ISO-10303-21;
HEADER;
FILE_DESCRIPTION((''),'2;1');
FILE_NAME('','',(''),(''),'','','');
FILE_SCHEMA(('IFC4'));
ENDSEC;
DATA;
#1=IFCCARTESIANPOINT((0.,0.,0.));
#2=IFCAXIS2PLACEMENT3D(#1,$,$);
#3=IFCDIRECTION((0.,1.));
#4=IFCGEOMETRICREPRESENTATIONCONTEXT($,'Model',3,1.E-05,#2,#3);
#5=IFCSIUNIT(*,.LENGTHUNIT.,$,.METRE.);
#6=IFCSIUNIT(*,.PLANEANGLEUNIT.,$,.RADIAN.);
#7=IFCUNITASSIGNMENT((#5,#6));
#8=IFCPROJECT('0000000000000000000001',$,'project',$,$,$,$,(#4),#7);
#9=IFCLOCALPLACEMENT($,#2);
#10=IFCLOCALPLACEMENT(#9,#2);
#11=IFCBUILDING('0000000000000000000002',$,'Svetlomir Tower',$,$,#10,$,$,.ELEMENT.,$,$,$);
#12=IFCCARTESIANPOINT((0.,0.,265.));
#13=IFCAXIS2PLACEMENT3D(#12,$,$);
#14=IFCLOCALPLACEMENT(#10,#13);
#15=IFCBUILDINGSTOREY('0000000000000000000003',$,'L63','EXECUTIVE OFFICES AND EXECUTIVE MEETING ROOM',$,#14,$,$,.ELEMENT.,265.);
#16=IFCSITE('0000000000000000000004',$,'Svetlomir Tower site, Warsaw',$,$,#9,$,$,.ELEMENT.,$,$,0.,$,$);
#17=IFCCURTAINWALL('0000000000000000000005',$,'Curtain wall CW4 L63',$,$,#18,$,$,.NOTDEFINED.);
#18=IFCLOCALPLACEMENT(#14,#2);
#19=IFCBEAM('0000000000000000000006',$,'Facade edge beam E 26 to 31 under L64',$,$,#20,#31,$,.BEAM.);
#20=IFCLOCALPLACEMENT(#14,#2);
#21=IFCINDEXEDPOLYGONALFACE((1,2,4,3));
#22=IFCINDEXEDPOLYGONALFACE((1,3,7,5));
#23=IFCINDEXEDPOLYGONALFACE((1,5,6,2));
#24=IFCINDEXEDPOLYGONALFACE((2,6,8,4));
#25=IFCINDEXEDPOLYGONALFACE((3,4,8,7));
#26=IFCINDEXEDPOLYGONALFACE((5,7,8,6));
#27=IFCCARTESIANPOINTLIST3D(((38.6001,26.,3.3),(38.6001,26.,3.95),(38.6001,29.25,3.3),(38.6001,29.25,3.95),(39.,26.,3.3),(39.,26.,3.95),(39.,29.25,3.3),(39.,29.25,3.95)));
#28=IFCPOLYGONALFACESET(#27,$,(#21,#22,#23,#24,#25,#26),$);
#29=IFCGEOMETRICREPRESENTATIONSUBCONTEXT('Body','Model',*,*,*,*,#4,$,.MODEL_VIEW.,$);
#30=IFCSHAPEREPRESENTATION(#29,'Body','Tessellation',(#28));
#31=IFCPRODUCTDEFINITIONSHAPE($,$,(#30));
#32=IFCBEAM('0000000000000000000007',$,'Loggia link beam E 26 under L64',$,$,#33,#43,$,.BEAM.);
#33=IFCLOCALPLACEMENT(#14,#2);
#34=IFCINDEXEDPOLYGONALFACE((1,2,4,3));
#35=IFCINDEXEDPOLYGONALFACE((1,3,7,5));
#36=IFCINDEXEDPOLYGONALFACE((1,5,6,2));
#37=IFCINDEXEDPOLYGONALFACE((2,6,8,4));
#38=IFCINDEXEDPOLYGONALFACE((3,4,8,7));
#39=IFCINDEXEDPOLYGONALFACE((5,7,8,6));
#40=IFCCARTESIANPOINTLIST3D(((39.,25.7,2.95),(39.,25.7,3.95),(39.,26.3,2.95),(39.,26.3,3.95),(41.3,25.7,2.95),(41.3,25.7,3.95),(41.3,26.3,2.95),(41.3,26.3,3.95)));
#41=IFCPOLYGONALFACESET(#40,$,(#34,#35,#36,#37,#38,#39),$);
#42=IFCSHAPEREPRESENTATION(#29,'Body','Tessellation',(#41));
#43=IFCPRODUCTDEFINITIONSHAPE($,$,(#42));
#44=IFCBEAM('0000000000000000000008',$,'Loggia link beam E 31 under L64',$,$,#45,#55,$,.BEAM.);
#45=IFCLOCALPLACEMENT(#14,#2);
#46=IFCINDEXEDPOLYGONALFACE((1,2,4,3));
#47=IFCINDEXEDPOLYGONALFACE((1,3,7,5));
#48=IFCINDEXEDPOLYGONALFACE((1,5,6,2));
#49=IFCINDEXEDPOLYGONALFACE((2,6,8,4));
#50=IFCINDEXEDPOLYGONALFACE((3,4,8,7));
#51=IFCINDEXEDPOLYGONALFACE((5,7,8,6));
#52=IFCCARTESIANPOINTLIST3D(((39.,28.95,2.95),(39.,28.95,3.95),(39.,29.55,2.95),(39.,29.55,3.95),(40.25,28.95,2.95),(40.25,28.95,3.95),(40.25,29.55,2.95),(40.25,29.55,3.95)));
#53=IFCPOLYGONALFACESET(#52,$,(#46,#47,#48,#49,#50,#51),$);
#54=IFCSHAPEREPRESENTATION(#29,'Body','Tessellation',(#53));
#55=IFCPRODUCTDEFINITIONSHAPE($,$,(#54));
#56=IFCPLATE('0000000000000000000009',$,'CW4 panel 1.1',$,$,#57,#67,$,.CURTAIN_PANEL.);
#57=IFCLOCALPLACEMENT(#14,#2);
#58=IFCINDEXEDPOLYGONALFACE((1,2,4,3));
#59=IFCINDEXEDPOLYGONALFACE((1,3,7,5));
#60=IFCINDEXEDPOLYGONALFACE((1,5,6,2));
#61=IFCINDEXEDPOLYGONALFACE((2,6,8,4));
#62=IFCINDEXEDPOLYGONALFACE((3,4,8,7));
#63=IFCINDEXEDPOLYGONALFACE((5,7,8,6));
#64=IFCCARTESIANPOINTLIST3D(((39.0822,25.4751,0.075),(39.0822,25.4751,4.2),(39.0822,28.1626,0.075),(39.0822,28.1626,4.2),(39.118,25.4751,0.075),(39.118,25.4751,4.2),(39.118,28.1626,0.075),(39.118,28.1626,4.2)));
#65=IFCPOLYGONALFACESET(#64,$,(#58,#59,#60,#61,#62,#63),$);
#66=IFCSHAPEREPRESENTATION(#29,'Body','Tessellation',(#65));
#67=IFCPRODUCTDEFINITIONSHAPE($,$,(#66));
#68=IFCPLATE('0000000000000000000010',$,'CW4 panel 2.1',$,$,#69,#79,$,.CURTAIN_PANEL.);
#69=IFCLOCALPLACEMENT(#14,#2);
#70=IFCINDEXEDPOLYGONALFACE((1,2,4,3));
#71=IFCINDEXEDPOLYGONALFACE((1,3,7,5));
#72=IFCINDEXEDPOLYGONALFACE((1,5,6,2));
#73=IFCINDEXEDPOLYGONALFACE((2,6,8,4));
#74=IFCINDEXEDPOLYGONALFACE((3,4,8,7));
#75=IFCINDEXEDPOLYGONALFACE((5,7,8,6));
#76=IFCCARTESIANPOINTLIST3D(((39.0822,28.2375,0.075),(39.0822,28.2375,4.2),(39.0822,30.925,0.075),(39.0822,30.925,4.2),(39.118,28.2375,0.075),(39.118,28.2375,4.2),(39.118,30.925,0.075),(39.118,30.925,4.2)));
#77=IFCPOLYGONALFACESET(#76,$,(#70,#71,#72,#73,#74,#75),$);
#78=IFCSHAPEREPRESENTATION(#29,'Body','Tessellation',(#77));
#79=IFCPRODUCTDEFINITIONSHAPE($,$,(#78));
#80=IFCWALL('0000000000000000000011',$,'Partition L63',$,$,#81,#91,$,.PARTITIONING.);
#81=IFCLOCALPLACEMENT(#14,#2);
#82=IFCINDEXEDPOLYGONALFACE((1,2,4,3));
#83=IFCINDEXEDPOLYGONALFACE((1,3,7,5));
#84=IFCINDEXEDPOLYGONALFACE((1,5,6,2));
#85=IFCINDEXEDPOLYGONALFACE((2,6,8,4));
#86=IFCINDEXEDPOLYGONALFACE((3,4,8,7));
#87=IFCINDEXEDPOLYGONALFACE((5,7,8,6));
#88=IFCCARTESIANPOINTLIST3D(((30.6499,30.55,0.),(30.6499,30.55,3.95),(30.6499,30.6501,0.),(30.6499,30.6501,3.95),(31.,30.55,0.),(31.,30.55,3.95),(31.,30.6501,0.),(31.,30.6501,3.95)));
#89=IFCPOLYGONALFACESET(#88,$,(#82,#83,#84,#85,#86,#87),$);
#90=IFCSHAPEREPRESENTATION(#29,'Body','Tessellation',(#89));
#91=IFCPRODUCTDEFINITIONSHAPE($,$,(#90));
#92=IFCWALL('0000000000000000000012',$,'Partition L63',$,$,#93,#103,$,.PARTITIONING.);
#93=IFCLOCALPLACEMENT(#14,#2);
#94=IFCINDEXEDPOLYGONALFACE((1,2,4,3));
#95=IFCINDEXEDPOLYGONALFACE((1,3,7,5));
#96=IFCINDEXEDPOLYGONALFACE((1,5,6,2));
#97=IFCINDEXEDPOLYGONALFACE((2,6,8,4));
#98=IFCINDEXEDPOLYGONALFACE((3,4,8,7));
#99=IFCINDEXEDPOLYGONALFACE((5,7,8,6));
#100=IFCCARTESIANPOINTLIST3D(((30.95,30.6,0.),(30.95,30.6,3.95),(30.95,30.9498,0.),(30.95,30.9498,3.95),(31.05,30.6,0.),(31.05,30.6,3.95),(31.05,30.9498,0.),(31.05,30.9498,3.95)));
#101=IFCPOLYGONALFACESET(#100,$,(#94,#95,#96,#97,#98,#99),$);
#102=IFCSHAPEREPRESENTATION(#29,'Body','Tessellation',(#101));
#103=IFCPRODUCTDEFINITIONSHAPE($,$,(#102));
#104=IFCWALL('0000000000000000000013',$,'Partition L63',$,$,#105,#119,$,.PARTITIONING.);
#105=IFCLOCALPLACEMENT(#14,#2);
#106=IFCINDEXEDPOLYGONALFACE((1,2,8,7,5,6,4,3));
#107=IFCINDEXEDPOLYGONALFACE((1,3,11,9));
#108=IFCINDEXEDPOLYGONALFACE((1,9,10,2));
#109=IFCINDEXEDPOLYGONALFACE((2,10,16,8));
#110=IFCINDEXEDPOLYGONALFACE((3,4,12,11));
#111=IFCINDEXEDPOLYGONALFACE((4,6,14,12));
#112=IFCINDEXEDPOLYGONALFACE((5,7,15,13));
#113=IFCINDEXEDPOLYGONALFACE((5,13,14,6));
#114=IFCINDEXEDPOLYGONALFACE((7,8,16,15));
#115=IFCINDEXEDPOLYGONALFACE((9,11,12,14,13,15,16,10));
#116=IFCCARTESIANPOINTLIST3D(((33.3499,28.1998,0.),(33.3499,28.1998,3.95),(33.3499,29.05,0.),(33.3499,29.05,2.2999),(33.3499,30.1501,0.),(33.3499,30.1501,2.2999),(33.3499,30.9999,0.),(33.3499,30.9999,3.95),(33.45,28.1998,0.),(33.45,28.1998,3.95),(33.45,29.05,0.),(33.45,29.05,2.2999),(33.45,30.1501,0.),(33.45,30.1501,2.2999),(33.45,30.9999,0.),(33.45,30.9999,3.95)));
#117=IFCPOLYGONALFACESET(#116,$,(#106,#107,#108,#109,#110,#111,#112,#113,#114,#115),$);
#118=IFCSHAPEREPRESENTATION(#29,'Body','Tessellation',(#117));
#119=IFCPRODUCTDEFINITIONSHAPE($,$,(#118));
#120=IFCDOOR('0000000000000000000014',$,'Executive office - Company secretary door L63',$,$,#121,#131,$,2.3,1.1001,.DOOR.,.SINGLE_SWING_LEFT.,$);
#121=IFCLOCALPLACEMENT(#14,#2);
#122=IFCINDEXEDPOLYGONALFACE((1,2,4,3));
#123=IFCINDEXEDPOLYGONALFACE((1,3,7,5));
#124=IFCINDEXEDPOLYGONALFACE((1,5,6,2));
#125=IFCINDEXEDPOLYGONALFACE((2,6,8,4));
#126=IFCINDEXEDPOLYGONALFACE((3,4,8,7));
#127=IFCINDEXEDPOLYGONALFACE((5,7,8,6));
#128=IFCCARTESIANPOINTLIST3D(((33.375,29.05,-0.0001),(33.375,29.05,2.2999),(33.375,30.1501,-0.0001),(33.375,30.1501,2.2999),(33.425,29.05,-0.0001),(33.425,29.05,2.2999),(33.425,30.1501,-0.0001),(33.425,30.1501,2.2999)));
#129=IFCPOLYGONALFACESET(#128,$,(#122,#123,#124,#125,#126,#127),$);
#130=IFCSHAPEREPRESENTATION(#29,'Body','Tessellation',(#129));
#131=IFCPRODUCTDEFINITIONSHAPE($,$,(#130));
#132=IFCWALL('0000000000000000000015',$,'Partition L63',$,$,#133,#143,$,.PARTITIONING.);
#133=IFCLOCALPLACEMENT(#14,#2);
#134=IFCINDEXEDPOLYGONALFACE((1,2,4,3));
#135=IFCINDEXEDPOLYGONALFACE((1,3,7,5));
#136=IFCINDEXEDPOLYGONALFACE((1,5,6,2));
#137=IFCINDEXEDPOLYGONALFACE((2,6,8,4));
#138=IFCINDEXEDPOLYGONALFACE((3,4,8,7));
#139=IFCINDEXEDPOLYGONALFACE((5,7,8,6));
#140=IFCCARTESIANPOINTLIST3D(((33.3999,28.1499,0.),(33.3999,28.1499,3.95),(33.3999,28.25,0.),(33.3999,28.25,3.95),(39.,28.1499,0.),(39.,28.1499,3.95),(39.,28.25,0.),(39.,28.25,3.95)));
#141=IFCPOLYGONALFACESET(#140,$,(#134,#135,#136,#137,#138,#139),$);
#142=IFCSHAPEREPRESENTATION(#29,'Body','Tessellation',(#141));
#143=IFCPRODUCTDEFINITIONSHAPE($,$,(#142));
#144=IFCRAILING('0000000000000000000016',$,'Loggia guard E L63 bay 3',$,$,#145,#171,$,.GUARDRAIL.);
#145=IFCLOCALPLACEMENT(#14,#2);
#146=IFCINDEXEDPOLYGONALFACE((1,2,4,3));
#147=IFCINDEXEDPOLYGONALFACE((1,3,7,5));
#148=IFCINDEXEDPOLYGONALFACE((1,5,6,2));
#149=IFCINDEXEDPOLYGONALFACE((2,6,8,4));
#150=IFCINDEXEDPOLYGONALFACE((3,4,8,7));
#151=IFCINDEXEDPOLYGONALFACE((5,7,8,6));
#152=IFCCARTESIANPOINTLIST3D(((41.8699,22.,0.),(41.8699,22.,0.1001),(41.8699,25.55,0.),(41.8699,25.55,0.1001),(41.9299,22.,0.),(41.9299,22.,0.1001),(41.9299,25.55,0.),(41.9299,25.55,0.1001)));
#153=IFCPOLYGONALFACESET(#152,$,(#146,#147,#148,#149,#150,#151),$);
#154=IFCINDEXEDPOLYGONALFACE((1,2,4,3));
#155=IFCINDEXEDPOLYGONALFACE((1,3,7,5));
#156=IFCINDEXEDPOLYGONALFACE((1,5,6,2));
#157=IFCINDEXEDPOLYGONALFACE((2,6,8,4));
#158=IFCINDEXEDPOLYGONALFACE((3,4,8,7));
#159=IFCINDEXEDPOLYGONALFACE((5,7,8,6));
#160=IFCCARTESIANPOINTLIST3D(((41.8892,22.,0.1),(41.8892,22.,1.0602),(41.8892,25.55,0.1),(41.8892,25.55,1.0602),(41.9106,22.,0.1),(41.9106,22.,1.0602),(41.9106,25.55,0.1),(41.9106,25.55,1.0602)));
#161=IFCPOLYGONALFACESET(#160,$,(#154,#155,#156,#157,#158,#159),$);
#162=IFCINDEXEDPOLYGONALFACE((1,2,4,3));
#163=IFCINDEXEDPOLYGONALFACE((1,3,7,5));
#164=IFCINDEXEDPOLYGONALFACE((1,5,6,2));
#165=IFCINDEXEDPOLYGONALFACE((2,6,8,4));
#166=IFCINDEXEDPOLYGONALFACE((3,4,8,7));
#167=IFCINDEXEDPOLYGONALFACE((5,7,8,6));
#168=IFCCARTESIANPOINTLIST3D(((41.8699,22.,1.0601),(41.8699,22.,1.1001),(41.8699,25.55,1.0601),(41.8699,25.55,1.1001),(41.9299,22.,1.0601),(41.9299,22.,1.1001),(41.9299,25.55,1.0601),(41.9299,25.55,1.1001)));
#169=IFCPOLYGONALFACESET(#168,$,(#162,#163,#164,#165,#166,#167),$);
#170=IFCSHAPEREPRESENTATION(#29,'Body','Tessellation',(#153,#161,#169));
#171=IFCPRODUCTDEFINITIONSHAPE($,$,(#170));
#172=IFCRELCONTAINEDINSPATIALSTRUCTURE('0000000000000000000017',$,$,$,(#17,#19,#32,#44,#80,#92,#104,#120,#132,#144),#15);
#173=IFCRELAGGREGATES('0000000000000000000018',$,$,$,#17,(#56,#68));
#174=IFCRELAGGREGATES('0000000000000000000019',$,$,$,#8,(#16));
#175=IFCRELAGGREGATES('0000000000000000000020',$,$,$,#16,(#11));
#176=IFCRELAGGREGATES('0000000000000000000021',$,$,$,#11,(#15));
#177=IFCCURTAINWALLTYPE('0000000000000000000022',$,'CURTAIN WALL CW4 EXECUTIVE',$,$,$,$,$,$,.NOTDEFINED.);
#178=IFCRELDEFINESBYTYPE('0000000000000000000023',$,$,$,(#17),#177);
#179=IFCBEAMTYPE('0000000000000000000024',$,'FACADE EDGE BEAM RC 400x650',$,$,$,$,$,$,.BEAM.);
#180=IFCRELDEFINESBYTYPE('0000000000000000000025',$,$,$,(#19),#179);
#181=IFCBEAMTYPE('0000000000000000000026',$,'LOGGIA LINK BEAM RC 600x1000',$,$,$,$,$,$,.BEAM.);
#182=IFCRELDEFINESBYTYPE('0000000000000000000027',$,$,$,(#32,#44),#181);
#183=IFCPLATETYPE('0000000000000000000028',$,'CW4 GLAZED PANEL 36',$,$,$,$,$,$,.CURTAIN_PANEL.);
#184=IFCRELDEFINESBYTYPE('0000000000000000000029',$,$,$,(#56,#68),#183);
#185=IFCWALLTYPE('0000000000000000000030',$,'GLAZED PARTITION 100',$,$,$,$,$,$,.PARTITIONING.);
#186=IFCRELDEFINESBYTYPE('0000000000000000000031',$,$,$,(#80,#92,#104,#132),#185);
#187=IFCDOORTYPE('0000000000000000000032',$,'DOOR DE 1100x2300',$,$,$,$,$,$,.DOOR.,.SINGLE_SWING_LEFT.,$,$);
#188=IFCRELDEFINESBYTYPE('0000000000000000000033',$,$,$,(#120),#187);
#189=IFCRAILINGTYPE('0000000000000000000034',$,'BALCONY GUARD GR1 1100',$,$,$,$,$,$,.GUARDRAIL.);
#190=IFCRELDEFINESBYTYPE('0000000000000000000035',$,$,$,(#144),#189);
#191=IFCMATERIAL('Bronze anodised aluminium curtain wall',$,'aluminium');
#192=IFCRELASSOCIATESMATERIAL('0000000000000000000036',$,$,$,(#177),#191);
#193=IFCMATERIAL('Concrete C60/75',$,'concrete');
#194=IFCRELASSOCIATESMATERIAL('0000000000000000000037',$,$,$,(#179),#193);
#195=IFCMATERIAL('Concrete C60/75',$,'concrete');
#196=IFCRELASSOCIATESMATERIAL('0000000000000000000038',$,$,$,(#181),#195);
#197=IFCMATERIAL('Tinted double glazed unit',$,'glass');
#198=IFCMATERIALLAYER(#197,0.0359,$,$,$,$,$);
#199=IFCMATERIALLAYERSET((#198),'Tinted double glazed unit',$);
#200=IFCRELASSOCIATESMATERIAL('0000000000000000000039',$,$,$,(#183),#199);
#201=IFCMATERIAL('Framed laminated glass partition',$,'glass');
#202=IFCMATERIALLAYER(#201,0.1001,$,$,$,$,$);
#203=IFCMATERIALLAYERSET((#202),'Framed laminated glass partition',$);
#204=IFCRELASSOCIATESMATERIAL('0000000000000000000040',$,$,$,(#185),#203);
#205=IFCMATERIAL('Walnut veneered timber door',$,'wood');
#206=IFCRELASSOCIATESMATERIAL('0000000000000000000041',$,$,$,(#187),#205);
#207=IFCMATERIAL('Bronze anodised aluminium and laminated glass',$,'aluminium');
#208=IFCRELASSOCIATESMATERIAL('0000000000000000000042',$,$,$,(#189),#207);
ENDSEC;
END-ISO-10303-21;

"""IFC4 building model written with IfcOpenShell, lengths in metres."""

from ifc_helpers import new_model, si_unit, direction, frame, frame_2d, origin, origin_2d, place, context, subcontext, project, spatial, rectangle, extrude, material, layer, layer_set, material_profile, profile_set, type_object, element, fill, aggregate, save


model = new_model("IFC4")

# Units and contexts
model_context = context("Model", 3, precision=1e-05, world=origin(), true_north=direction((0.0, 1.0)))
body_context = subcontext(model_context, "Body", "Model", "MODEL_VIEW")
ifc_project = project(units=[si_unit("LENGTHUNIT", "METRE"), si_unit("PLANEANGLEUNIT", "RADIAN")], contexts=[model_context])

# Site, building, storey
site_placement = place(None, origin())
site = spatial("IfcSite", under=ifc_project, at=site_placement, Name="Svetlomir Tower site, Warsaw", CompositionType="ELEMENT", RefElevation=0.0)
building_placement = place(site_placement, origin())
building = spatial("IfcBuilding", under=site, at=building_placement, Name="Svetlomir Tower", CompositionType="ELEMENT")
storey_placement = place(building_placement, frame((0.0, 0.0, 265.0)))
storey = spatial("IfcBuildingStorey", under=building, at=storey_placement, Name="L63", Description="EXECUTIVE OFFICES AND EXECUTIVE MEETING ROOM", CompositionType="ELEMENT", Elevation=265.0)

# Curtain wall
ifc_material_1 = material(Name="Bronze anodised aluminium curtain wall", Category="aluminium")
curtain_wall_type = type_object("IfcCurtainWallType", Name="CURTAIN WALL CW4 EXECUTIVE", PredefinedType="NOTDEFINED", material=ifc_material_1)
curtain_wall_1_placement = place(storey_placement, origin())
curtain_wall_1 = element("IfcCurtainWall", 1, at=curtain_wall_1_placement, inside=storey, type_object=curtain_wall_type, Name="Curtain wall CW4 L63", PredefinedType="NOTDEFINED")

# Beams
ifc_material_2 = material(Name="Concrete C60/75", Category="concrete")
ifc_material_profile_1 = material_profile(ifc_material_2, rectangle(XDim=0.3999, YDim=0.6499, at=origin_2d()), Name="RC 400x650")
ifc_profile_set_1 = profile_set([ifc_material_profile_1], Name="Concrete C60/75")
beam_type_1 = type_object("IfcBeamType", Name="FACADE EDGE BEAM RC 400x650", PredefinedType="BEAM", material=ifc_profile_set_1)
beam_1_placement = place(storey_placement, frame((38.8, 26.0, 3.625), z_axis=(0.0, 1.0, 0.0), x_axis=(-1.0, 0.0, 0.0)))
element("IfcBeam", 2, at=beam_1_placement, inside=storey, type_object=beam_type_1, Name="Facade edge beam E 26 to 31 under L64", PredefinedType="BEAM", context=body_context, shape_type="SweptSolid", body=[
    extrude(rectangle(XDim=0.3999, YDim=0.6499, at=origin_2d()), origin(), (0.0, 0.0, 1.0), 3.25),
])
ifc_material_3 = material(Name="Concrete C60/75", Category="concrete")
ifc_material_profile_2 = material_profile(ifc_material_3, rectangle(XDim=0.6001, YDim=1.0, at=origin_2d()), Name="RC 600x1000")
ifc_profile_set_2 = profile_set([ifc_material_profile_2], Name="Concrete C60/75")
beam_type_2 = type_object("IfcBeamType", Name="LOGGIA LINK BEAM RC 600x1000", PredefinedType="BEAM", material=ifc_profile_set_2)
beam_2_placement = place(storey_placement, frame((41.3, 26.0, 3.45), z_axis=(-1.0, 0.0, 0.0), x_axis=(0.0, -1.0, 0.0)))
element("IfcBeam", 3, at=beam_2_placement, inside=storey, type_object=beam_type_2, Name="Loggia link beam E 26 under L64", PredefinedType="BEAM", context=body_context, shape_type="SweptSolid", body=[
    extrude(rectangle(XDim=0.6001, YDim=1.0, at=origin_2d()), origin(), (0.0, 0.0, 1.0), 2.3),
])
beam_3_placement = place(storey_placement, frame((40.25, 29.25, 3.45), z_axis=(-1.0, 0.0, 0.0), x_axis=(0.0, -1.0, 0.0)))
element("IfcBeam", 4, at=beam_3_placement, inside=storey, type_object=beam_type_2, Name="Loggia link beam E 31 under L64", PredefinedType="BEAM", context=body_context, shape_type="SweptSolid", body=[
    extrude(rectangle(XDim=0.6001, YDim=1.0, at=origin_2d()), origin(), (0.0, 0.0, 1.0), 1.25),
])

# Plates
ifc_material_4 = material(Name="Tinted double glazed unit", Category="glass")
ifc_layer_1 = layer(ifc_material_4, 0.0359)
ifc_layer_set_1 = layer_set([ifc_layer_1], Name="Tinted double glazed unit")
plate_type = type_object("IfcPlateType", Name="CW4 GLAZED PANEL 36", PredefinedType="CURTAIN_PANEL", material=ifc_layer_set_1)
plate_1_placement = place(storey_placement, frame((39.1001, 26.8188, 0.075), z_axis=(0.0, 0.0, 1.0), x_axis=(0.0, 1.0, 0.0)))
plate_1 = element("IfcPlate", 5, at=plate_1_placement, type_object=plate_type, Name="CW4 panel 1.1", PredefinedType="CURTAIN_PANEL", context=body_context, shape_type="SweptSolid", body=[
    extrude(rectangle(XDim=2.6875, YDim=0.0359, at=origin_2d()), origin(), (0.0, 0.0, 1.0), 4.125),
])
plate_2_placement = place(storey_placement, frame((39.1001, 29.5813, 0.075), z_axis=(0.0, 0.0, 1.0), x_axis=(0.0, 1.0, 0.0)))
plate_2 = element("IfcPlate", 6, at=plate_2_placement, type_object=plate_type, Name="CW4 panel 2.1", PredefinedType="CURTAIN_PANEL", context=body_context, shape_type="SweptSolid", body=[
    extrude(rectangle(XDim=2.6875, YDim=0.0359, at=origin_2d()), origin(), (0.0, 0.0, 1.0), 4.125),
])
aggregate(curtain_wall_1, [plate_1, plate_2])

# Walls
ifc_material_5 = material(Name="Framed laminated glass partition", Category="glass")
ifc_layer_2 = layer(ifc_material_5, 0.1001)
ifc_layer_set_2 = layer_set([ifc_layer_2], Name="Framed laminated glass partition")
wall_type_1 = type_object("IfcWallType", Name="GLAZED PARTITION 100", PredefinedType="PARTITIONING", material=ifc_layer_set_2)
wall_1_placement = place(storey_placement, frame((30.6499, 30.6001, 0.0), z_axis=(0.0, 0.0, 1.0), x_axis=(1.0, 0.0, 0.0)))
element("IfcWall", 7, at=wall_1_placement, inside=storey, type_object=wall_type_1, Name="Partition L63", PredefinedType="PARTITIONING", context=body_context, shape_type="SweptSolid", body=[
    extrude(rectangle(XDim=0.3501, YDim=0.1001, at=frame_2d((0.175, 0.0))), origin(), (0.0, 0.0, 1.0), 3.95),
])
wall_2_placement = place(storey_placement, frame((31.0, 30.6001, 0.0), z_axis=(0.0, 0.0, 1.0), x_axis=(0.0, 1.0, 0.0)))
element("IfcWall", 8, at=wall_2_placement, inside=storey, type_object=wall_type_1, Name="Partition L63", PredefinedType="PARTITIONING", context=body_context, shape_type="SweptSolid", body=[
    extrude(rectangle(XDim=0.3499, YDim=0.1001, at=frame_2d((0.1748, 0.0))), origin(), (0.0, 0.0, 1.0), 3.95),
])

# Wall, opening, door
wall_3_placement = place(storey_placement, frame((33.3999, 28.2, 0.0), z_axis=(0.0, 0.0, 1.0), x_axis=(0.0, 1.0, 0.0)))
wall_3 = element("IfcWall", 9, at=wall_3_placement, inside=storey, type_object=wall_type_1, Name="Partition L63", PredefinedType="PARTITIONING", context=body_context, shape_type="SweptSolid", body=[
    extrude(rectangle(XDim=2.8, YDim=0.1001, at=frame_2d((1.3999, 0.0))), origin(), (0.0, 0.0, 1.0), 3.95),
])
opening_1_placement = place(wall_3_placement, frame((0.8501, 0.0, 0.0)))
opening_1 = element("IfcOpeningElement", 10, at=opening_1_placement, cuts=wall_3, PredefinedType="OPENING", context=body_context, shape_type="SweptSolid", body=[
    extrude(rectangle(XDim=1.1001, YDim=2.3, at=frame_2d((0.55, 1.1499))), frame((0.0, 0.0601, 0.0), z_axis=(0.0, -1.0, 0.0), x_axis=(1.0, 0.0, 0.0)), (0.0, 0.0, 1.0), 0.1201),
])
ifc_material_6 = material(Name="Walnut veneered timber door", Category="wood")
door_type_1 = type_object("IfcDoorType", Name="DOOR DE 1100x2300", OperationType="SINGLE_SWING_LEFT", PredefinedType="DOOR", material=ifc_material_6)
door_1_placement = place(opening_1_placement, origin())
door_1 = element("IfcDoor", 11, at=door_1_placement, inside=storey, type_object=door_type_1, Name="Executive office - Company secretary door L63", OperationType="SINGLE_SWING_LEFT", OverallHeight=2.3, OverallWidth=1.1001, PredefinedType="DOOR", context=body_context, shape_type="SweptSolid", body=[
    extrude(rectangle(XDim=1.1001, YDim=2.3, at=frame_2d((0.55, 1.1499))), frame((0.0, 0.0249, 0.0), z_axis=(0.0, -1.0, 0.0), x_axis=(1.0, 0.0, 0.0)), (0.0, 0.0, 1.0), 0.05),
])
fill(opening_1, door_1)

# Wall
wall_4_placement = place(storey_placement, frame((33.3999, 28.2, 0.0), z_axis=(0.0, 0.0, 1.0), x_axis=(1.0, 0.0, 0.0)))
element("IfcWall", 12, at=wall_4_placement, inside=storey, type_object=wall_type_1, Name="Partition L63", PredefinedType="PARTITIONING", context=body_context, shape_type="SweptSolid", body=[
    extrude(rectangle(XDim=5.6001, YDim=0.1001, at=frame_2d((2.8, 0.0))), origin(), (0.0, 0.0, 1.0), 3.95),
])

# Railing
ifc_material_7 = material(Name="Bronze anodised aluminium and laminated glass", Category="aluminium")
railing_type = type_object("IfcRailingType", Name="BALCONY GUARD GR1 1100", PredefinedType="GUARDRAIL", material=ifc_material_7)
for number, where, name in (
    (13, (41.8999, 22.0, 0.0), "Loggia guard E L63 bay 3"),
):
    element("IfcRailing", number, at=place(storey_placement, frame(where)), inside=storey, type_object=railing_type, Name=name, PredefinedType="GUARDRAIL", context=body_context, shape_type="SweptSolid", body=[
        extrude(rectangle(XDim=0.0601, YDim=0.1001, at=origin_2d()), frame((0.0, 0.0, 0.05), z_axis=(0.0, 1.0, 0.0), x_axis=(-1.0, 0.0, 0.0)), (0.0, 0.0, 1.0), 3.55),
        extrude(rectangle(XDim=0.0215, YDim=0.9602, at=origin_2d()), frame((0.0, 0.0, 0.5801), z_axis=(0.0, 1.0, 0.0), x_axis=(-1.0, 0.0, 0.0)), (0.0, 0.0, 1.0), 3.55),
        extrude(rectangle(XDim=0.0601, YDim=0.04, at=origin_2d()), frame((0.0, 0.0, 1.0801), z_axis=(0.0, 1.0, 0.0), x_axis=(-1.0, 0.0, 0.0)), (0.0, 0.0, 1.0), 3.55),
    ])

save(model, "model.ifc")
